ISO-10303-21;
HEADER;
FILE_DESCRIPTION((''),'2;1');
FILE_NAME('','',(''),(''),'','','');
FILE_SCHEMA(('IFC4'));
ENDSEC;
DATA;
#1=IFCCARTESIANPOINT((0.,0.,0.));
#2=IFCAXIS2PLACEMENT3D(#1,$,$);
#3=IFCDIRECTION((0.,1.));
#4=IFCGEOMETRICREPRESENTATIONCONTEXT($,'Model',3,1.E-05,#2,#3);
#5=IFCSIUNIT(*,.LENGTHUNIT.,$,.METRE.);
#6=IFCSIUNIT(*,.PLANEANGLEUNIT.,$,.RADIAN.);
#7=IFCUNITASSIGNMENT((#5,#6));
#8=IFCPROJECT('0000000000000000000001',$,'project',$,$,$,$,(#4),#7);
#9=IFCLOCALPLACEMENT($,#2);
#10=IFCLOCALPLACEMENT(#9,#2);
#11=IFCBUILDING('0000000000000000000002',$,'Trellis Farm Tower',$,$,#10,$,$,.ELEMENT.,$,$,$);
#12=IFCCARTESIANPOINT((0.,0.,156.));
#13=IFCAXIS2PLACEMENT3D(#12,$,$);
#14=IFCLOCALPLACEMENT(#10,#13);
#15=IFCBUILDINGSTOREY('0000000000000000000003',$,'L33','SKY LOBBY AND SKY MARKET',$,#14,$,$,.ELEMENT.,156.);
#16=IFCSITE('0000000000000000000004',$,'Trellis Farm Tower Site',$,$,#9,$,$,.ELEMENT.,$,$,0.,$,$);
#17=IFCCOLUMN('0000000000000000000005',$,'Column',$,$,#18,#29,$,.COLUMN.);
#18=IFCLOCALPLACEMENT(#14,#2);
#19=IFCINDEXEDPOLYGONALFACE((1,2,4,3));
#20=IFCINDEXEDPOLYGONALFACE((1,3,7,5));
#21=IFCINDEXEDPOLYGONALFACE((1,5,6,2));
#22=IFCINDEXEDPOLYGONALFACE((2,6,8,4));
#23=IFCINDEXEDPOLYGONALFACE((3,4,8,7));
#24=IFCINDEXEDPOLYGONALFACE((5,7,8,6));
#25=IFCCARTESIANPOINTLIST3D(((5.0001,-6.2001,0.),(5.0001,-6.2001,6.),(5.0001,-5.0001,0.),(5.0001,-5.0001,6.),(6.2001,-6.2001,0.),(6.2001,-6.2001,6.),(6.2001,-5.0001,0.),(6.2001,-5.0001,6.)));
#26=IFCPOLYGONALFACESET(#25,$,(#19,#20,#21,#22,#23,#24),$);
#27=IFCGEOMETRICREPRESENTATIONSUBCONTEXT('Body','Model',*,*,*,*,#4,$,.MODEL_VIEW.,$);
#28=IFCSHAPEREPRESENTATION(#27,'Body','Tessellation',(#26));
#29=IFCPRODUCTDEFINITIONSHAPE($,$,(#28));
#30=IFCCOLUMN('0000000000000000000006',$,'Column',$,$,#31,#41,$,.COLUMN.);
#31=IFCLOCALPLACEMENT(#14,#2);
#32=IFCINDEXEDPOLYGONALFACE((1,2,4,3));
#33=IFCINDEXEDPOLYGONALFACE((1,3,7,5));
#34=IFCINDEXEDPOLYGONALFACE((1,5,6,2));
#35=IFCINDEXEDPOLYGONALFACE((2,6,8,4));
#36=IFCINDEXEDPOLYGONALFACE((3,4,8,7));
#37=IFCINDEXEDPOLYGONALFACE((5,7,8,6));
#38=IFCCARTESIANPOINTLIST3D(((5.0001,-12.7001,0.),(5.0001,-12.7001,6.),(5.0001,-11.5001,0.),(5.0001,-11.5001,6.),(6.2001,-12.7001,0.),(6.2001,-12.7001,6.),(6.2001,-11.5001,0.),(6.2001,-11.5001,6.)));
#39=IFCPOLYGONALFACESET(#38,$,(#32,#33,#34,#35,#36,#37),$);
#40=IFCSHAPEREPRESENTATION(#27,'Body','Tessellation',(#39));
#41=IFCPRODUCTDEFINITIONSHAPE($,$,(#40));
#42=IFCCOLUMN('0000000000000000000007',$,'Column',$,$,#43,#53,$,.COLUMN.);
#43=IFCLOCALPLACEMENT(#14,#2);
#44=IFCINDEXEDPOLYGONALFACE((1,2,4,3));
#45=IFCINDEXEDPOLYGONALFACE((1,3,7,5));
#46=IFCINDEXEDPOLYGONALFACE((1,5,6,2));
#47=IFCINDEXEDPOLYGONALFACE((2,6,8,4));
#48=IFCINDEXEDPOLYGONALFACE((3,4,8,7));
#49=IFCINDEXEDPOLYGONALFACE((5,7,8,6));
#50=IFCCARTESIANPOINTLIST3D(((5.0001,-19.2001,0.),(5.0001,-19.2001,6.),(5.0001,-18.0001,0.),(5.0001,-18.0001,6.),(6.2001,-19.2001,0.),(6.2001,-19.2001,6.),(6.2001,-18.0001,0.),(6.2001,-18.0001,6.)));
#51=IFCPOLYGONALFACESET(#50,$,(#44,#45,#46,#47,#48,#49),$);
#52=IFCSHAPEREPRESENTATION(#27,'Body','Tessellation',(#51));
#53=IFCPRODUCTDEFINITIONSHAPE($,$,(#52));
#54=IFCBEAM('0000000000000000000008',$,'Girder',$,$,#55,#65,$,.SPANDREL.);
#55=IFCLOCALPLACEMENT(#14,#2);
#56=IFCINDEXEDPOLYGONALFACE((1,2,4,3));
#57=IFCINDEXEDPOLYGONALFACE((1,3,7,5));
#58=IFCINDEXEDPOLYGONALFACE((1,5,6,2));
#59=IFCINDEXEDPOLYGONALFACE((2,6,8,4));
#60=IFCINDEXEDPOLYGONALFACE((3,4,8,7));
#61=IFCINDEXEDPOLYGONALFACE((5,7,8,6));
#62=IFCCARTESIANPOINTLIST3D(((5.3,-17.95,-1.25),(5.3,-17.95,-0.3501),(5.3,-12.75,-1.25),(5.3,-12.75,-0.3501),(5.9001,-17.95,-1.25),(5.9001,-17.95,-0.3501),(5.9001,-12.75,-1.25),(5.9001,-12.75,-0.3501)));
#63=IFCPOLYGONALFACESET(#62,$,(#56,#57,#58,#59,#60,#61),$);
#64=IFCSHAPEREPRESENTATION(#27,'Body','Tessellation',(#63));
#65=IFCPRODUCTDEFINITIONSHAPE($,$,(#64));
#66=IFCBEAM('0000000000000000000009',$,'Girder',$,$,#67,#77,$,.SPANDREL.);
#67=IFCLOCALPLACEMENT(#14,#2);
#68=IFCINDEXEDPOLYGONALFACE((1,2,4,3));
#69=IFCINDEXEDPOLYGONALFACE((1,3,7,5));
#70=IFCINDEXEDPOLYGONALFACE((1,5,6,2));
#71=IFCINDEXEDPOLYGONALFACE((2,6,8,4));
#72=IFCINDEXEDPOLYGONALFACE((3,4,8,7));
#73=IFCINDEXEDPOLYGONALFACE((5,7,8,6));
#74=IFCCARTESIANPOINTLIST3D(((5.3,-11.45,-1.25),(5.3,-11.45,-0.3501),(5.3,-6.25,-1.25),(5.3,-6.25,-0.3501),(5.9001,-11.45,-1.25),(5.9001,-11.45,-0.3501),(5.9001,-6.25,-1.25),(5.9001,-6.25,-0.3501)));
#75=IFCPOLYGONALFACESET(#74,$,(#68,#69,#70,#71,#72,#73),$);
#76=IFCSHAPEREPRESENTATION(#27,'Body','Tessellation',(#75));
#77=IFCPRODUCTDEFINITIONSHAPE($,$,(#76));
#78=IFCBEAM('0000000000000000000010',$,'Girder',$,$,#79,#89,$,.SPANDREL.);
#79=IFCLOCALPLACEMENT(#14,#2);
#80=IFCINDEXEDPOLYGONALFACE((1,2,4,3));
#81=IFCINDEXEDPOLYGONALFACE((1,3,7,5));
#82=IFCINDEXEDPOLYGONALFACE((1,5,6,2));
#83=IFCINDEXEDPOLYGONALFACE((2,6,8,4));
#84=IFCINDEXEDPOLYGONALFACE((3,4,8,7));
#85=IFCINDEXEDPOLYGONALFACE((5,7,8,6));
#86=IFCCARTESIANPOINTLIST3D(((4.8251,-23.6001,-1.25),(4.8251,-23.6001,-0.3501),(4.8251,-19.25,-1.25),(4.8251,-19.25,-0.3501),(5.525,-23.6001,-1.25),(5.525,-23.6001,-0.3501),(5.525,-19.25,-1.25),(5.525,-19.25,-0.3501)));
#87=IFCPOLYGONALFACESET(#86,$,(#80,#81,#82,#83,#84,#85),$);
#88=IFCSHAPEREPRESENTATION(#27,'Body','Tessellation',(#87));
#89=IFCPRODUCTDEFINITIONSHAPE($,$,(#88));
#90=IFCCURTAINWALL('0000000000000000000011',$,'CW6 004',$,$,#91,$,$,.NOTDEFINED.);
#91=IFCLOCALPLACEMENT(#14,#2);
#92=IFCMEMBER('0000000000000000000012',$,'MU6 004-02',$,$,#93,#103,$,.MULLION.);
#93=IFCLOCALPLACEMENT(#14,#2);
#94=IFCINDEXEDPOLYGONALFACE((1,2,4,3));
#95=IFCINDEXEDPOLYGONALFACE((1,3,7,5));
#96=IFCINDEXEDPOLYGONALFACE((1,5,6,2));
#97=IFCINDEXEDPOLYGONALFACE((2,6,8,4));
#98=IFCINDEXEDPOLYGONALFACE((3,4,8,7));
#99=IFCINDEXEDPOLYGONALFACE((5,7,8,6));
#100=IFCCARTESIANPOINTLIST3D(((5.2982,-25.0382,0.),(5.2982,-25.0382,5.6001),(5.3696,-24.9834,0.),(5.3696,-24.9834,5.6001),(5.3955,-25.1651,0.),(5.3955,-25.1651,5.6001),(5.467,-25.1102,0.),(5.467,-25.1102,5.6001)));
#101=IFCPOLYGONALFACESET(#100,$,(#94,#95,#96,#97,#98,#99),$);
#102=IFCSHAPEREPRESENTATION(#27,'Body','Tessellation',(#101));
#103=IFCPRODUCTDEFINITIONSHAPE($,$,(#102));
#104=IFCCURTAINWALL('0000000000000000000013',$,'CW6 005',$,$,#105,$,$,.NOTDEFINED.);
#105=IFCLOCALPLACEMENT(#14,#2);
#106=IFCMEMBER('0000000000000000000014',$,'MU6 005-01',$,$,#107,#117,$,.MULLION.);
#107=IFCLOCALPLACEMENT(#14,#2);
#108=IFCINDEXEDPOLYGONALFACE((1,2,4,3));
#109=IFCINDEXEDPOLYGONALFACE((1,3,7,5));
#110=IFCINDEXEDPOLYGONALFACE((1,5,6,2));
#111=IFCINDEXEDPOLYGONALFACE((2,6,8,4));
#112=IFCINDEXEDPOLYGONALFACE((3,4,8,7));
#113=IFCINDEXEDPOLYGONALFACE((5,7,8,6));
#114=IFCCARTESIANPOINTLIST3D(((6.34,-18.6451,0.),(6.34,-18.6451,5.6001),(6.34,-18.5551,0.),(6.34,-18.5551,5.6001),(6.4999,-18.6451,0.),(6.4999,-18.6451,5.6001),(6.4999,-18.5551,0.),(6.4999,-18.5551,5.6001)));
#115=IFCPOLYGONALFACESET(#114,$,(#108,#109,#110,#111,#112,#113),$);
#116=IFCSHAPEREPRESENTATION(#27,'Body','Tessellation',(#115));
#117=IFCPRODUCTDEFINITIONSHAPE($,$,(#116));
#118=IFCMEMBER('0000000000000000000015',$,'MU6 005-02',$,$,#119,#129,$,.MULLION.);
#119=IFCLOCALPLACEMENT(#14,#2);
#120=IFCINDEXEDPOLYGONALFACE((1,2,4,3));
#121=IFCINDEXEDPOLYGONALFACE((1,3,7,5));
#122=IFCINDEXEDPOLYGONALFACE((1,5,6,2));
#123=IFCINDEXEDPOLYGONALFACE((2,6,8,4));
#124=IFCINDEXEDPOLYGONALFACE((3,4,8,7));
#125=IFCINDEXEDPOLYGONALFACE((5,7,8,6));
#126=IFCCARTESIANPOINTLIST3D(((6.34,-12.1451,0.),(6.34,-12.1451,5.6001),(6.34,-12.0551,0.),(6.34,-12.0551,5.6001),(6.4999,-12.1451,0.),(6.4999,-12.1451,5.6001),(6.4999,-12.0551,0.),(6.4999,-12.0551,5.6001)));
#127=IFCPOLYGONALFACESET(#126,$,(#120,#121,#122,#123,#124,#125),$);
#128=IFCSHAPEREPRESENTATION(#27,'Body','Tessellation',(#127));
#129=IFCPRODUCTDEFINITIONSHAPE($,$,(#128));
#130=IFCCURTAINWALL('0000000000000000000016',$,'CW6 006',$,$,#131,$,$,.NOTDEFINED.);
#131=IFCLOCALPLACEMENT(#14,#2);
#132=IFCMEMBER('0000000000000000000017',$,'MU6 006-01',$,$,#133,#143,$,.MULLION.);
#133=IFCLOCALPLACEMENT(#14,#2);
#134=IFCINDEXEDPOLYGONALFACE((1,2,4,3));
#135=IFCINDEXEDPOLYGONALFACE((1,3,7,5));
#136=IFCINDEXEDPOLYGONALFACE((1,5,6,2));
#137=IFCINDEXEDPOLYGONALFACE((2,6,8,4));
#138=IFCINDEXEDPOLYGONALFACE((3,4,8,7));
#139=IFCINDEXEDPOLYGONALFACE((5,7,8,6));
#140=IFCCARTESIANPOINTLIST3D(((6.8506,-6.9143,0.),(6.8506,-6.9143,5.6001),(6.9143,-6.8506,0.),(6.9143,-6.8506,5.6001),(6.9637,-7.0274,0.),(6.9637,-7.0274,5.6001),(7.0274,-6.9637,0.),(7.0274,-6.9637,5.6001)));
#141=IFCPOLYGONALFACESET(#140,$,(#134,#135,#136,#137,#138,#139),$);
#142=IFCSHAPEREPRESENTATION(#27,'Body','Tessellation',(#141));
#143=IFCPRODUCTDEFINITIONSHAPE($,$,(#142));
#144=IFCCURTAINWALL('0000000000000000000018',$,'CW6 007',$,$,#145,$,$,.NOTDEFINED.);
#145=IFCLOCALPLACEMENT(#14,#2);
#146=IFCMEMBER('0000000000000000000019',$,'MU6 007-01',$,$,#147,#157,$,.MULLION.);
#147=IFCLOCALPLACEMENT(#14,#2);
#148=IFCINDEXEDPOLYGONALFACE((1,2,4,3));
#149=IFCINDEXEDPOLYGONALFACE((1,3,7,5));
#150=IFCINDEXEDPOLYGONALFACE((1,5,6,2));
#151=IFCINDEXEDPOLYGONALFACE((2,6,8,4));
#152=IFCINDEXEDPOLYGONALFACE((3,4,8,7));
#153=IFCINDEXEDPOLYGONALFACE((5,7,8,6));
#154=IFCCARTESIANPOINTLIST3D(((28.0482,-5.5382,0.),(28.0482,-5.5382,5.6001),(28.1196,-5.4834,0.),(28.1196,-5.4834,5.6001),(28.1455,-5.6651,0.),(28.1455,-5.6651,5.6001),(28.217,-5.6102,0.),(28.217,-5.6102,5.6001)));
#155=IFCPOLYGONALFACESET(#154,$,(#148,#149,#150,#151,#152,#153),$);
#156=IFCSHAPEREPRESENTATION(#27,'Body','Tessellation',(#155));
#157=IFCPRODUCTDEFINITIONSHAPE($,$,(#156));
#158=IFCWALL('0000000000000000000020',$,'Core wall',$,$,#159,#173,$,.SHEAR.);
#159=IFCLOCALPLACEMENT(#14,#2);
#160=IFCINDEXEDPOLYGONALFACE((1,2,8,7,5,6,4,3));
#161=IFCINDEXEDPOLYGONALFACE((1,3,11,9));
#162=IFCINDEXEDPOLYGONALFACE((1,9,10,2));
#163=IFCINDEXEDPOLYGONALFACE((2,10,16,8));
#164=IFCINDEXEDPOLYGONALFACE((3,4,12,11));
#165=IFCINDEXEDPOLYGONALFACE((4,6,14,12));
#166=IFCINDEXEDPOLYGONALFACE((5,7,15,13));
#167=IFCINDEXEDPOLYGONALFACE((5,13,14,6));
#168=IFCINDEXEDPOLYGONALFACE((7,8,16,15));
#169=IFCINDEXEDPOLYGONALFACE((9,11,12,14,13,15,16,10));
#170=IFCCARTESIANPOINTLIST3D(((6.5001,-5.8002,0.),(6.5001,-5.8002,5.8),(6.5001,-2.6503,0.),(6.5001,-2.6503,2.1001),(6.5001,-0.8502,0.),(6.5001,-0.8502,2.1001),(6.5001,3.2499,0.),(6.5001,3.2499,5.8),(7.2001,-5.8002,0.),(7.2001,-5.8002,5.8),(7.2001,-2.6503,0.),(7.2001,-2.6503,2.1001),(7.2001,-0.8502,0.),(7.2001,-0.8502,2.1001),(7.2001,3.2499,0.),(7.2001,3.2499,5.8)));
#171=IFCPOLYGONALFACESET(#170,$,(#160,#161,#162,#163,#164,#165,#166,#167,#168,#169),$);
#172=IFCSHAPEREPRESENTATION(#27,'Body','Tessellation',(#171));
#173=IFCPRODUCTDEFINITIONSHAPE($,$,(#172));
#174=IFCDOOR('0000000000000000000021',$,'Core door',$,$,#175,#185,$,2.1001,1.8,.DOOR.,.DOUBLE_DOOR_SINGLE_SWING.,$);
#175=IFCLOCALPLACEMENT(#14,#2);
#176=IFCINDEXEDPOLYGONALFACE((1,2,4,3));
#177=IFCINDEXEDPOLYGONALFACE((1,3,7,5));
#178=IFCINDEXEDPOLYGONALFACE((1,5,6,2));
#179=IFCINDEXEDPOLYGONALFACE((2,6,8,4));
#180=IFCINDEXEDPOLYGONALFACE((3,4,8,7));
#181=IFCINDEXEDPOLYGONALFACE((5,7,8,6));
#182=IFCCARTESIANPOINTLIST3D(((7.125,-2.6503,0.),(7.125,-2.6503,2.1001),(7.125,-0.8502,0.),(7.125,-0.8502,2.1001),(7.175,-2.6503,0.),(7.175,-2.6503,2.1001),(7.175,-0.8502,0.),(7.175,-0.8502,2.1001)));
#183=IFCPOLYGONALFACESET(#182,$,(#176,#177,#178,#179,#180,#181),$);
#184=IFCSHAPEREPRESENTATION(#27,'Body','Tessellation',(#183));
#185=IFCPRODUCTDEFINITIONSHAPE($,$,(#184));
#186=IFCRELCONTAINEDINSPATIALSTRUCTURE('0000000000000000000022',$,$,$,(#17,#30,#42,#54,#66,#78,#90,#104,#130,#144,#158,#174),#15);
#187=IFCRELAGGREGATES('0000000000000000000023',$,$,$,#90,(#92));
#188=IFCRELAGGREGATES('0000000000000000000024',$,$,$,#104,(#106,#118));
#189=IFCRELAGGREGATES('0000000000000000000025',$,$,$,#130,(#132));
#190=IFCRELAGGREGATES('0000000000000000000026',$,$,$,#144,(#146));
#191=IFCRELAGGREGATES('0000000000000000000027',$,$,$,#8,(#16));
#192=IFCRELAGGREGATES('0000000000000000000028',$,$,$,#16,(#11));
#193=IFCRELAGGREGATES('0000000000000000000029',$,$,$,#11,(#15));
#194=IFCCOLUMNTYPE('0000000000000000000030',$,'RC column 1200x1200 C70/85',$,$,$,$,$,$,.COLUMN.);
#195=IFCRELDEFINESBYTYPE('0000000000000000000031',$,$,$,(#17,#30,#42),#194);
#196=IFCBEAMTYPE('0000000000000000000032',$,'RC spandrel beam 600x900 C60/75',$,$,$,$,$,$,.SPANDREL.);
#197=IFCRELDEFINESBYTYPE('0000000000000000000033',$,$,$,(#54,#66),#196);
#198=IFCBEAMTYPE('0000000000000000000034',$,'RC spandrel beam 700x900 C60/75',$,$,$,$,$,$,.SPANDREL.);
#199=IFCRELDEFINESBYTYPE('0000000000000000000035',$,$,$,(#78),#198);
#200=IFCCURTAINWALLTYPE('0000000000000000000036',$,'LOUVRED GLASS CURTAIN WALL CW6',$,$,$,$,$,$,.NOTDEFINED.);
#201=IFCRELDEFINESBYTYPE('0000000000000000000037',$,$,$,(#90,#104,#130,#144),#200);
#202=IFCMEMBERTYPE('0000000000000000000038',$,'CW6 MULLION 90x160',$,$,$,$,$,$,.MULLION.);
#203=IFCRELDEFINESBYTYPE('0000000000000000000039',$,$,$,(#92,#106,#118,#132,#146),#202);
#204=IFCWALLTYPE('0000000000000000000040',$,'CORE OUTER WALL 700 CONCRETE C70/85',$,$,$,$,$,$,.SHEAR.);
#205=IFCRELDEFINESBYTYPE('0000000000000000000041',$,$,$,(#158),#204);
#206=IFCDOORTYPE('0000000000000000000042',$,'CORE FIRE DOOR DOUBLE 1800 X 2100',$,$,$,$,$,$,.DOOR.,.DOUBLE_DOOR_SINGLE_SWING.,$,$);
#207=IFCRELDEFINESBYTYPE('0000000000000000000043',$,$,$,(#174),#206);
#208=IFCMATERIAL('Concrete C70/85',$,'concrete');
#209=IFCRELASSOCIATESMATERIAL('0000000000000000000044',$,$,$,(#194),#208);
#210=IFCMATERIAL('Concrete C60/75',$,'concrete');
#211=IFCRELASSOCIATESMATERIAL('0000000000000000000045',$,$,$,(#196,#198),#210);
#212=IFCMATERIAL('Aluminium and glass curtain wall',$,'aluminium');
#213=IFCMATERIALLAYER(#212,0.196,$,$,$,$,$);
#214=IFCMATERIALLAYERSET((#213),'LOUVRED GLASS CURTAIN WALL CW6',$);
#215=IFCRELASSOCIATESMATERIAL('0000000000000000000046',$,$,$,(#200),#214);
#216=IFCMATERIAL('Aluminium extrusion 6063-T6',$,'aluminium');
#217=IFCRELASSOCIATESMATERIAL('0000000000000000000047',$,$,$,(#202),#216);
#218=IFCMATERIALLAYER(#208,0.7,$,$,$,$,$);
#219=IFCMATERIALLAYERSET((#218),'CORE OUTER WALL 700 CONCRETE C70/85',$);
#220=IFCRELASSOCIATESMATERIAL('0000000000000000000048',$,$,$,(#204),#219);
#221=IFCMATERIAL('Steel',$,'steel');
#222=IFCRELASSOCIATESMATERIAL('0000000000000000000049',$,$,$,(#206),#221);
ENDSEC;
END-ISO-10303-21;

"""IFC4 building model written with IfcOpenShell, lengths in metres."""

from ifc_helpers import new_model, si_unit, direction, frame, frame_2d, origin, origin_2d, place, context, subcontext, project, spatial, rectangle, extrude, source, transform, mapped, material, layer, layer_set, material_profile, profile_set, type_object, element, fill, aggregate, save


model = new_model("IFC4")

# Units and contexts
model_context = context("Model", 3, precision=1e-05, world=origin(), true_north=direction((0.0, 1.0)))
body_context = subcontext(model_context, "Body", "Model", "MODEL_VIEW")
ifc_project = project(units=[si_unit("LENGTHUNIT", "METRE"), si_unit("PLANEANGLEUNIT", "RADIAN")], contexts=[model_context])

# Site, building, storey
site_placement = place(None, origin())
site = spatial("IfcSite", under=ifc_project, at=site_placement, Name="Trellis Farm Tower Site", CompositionType="ELEMENT", RefElevation=0.0)
building_placement = place(site_placement, origin())
building = spatial("IfcBuilding", under=site, at=building_placement, Name="Trellis Farm Tower", CompositionType="ELEMENT")
storey_placement = place(building_placement, frame((0.0, 0.0, 156.0)))
storey = spatial("IfcBuildingStorey", under=building, at=storey_placement, Name="L33", Description="SKY LOBBY AND SKY MARKET", CompositionType="ELEMENT", Elevation=156.0)

# Columns
ifc_material_1 = material(Name="Concrete C70/85", Category="concrete")
ifc_material_profile_1 = material_profile(ifc_material_1, rectangle(XDim=1.2, YDim=1.2, at=origin_2d()), Name="RC column 1200x1200 C70/85")
ifc_profile_set_1 = profile_set([ifc_material_profile_1], Name="Concrete C70/85")
column_type = type_object("IfcColumnType", Name="RC column 1200x1200 C70/85", PredefinedType="COLUMN", material=ifc_profile_set_1)
shared_shape_1 = source(origin(), body_context, "Body", "SweptSolid", [
    extrude(rectangle(XDim=1.2, YDim=1.2, at=origin_2d()), origin(), (0.0, 0.0, 1.0), 6.0),
])
for number, where, z_axis, x_axis, name in (
    (1, (5.6001, -5.6001, 0.0), (0.0, 0.0, 1.0), (1.0, 0.0, 0.0), "Column"),
    (2, (5.6001, -12.1001, 0.0), (0.0, 0.0, 1.0), (1.0, 0.0, 0.0), "Column"),
    (3, (5.6001, -18.6001, 0.0), (0.0, 0.0, 1.0), (1.0, 0.0, 0.0), "Column"),
):
    element("IfcColumn", number, at=place(storey_placement, frame(where, z_axis=z_axis, x_axis=x_axis)), inside=storey, type_object=column_type, Name=name, PredefinedType="COLUMN", context=body_context, shape_type="MappedRepresentation", body=[
        mapped(shared_shape_1, transform((0.0, 0.0, 0.0))),
    ])

# Beams
ifc_material_2 = material(Name="Concrete C60/75", Category="concrete")
ifc_material_profile_2 = material_profile(ifc_material_2, rectangle(XDim=0.6001, YDim=0.8999, at=origin_2d()), Name="RC spandrel beam 600x900 C60/75")
ifc_profile_set_2 = profile_set([ifc_material_profile_2], Name="Concrete C60/75")
beam_type_1 = type_object("IfcBeamType", Name="RC spandrel beam 600x900 C60/75", PredefinedType="SPANDREL", material=ifc_profile_set_2)
shared_shape_2 = source(origin(), body_context, "Body", "SweptSolid", [
    extrude(rectangle(XDim=0.6001, YDim=0.8999, at=origin_2d()), origin(), (0.0, 0.0, 1.0), 5.2),
])
for number, where, z_axis, x_axis, name in (
    (4, (5.6001, -17.95, -0.8), (0.0, 1.0, 0.0), (-1.0, 0.0, 0.0), "Girder"),
    (5, (5.6001, -11.45, -0.8), (0.0, 1.0, 0.0), (-1.0, 0.0, 0.0), "Girder"),
):
    element("IfcBeam", number, at=place(storey_placement, frame(where, z_axis=z_axis, x_axis=x_axis)), inside=storey, type_object=beam_type_1, Name=name, PredefinedType="SPANDREL", context=body_context, shape_type="MappedRepresentation", body=[
        mapped(shared_shape_2, transform((0.0, 0.0, 0.0))),
    ])
ifc_material_profile_3 = material_profile(ifc_material_2, rectangle(XDim=0.7, YDim=0.8999, at=origin_2d()), Name="RC spandrel beam 700x900 C60/75")
ifc_profile_set_3 = profile_set([ifc_material_profile_3], Name="Concrete C60/75")
beam_type_2 = type_object("IfcBeamType", Name="RC spandrel beam 700x900 C60/75", PredefinedType="SPANDREL", material=ifc_profile_set_3)
shared_shape_3 = source(origin(), body_context, "Body", "SweptSolid", [
    extrude(rectangle(XDim=0.7, YDim=0.8999, at=origin_2d()), origin(), (0.0, 0.0, 1.0), 4.3501),
])
beam_placement = place(storey_placement, frame((5.175, -23.6001, -0.8), z_axis=(0.0, 1.0, 0.0), x_axis=(-1.0, 0.0, 0.0)))
element("IfcBeam", 6, at=beam_placement, inside=storey, type_object=beam_type_2, Name="Girder", PredefinedType="SPANDREL", context=body_context, shape_type="MappedRepresentation", body=[
    mapped(shared_shape_3, transform((0.0, 0.0, 0.0))),
])

# Curtain wall, member
ifc_material_3 = material(Name="Aluminium and glass curtain wall", Category="aluminium")
ifc_layer_1 = layer(ifc_material_3, 0.196)
ifc_layer_set_1 = layer_set([ifc_layer_1], Name="LOUVRED GLASS CURTAIN WALL CW6")
curtain_wall_type = type_object("IfcCurtainWallType", Name="LOUVRED GLASS CURTAIN WALL CW6", PredefinedType="NOTDEFINED", material=ifc_layer_set_1)
placement = place(storey_placement, origin())
curtain_wall_1 = element("IfcCurtainWall", 7, at=placement, inside=storey, type_object=curtain_wall_type, Name="CW6 004", PredefinedType="NOTDEFINED")
ifc_material_4 = material(Name="Aluminium extrusion 6063-T6", Category="aluminium")
ifc_material_profile_4 = material_profile(ifc_material_4, rectangle(XDim=0.0901, YDim=0.1599, at=origin_2d()), Name="MULLION 90x160")
ifc_profile_set_4 = profile_set([ifc_material_profile_4], Name="Aluminium extrusion 6063-T6")
member_type = type_object("IfcMemberType", Name="CW6 MULLION 90x160", PredefinedType="MULLION", material=ifc_profile_set_4)
shared_shape_4 = source(origin(), body_context, "Body", "SweptSolid", [
    extrude(rectangle(XDim=0.0901, YDim=0.1599, at=origin_2d()), origin(), (0.0, 0.0, 1.0), 5.6001),
])
member_1_placement = place(storey_placement, frame((5.3826, -25.0742, 0.0), z_axis=(0.0, 0.0, 1.0), x_axis=(0.793353, 0.608761, 0.0)))
member_1 = element("IfcMember", 8, at=member_1_placement, type_object=member_type, Name="MU6 004-02", PredefinedType="MULLION", context=body_context, shape_type="MappedRepresentation", body=[
    mapped(shared_shape_4, transform((0.0, 0.0, 0.0))),
])
aggregate(curtain_wall_1, [member_1])

# Curtain wall, members
curtain_wall_2 = element("IfcCurtainWall", 9, at=placement, inside=storey, type_object=curtain_wall_type, Name="CW6 005", PredefinedType="NOTDEFINED")
member_2_placement = place(storey_placement, frame((6.4199, -18.6001, 0.0), z_axis=(0.0, 0.0, 1.0), x_axis=(0.0, 1.0, 0.0)))
member_2 = element("IfcMember", 10, at=member_2_placement, type_object=member_type, Name="MU6 005-01", PredefinedType="MULLION", context=body_context, shape_type="MappedRepresentation", body=[
    mapped(shared_shape_4, transform((0.0, 0.0, 0.0))),
])
member_3_placement = place(storey_placement, frame((6.4199, -12.1001, 0.0), z_axis=(0.0, 0.0, 1.0), x_axis=(0.0, 1.0, 0.0)))
member_3 = element("IfcMember", 11, at=member_3_placement, type_object=member_type, Name="MU6 005-02", PredefinedType="MULLION", context=body_context, shape_type="MappedRepresentation", body=[
    mapped(shared_shape_4, transform((0.0, 0.0, 0.0))),
])
aggregate(curtain_wall_2, [member_2, member_3])

# Curtain walls, members
curtain_wall_3 = element("IfcCurtainWall", 12, at=placement, inside=storey, type_object=curtain_wall_type, Name="CW6 006", PredefinedType="NOTDEFINED")
member_4_placement = place(storey_placement, frame((6.939, -6.939, 0.0), z_axis=(0.0, 0.0, 1.0), x_axis=(0.707107, 0.707107, 0.0)))
member_4 = element("IfcMember", 13, at=member_4_placement, type_object=member_type, Name="MU6 006-01", PredefinedType="MULLION", context=body_context, shape_type="MappedRepresentation", body=[
    mapped(shared_shape_4, transform((0.0, 0.0, 0.0))),
])
aggregate(curtain_wall_3, [member_4])
curtain_wall_4 = element("IfcCurtainWall", 14, at=placement, inside=storey, type_object=curtain_wall_type, Name="CW6 007", PredefinedType="NOTDEFINED")
member_5_placement = place(storey_placement, frame((28.1326, -5.5742, 0.0), z_axis=(0.0, 0.0, 1.0), x_axis=(0.793353, 0.608761, 0.0)))
member_5 = element("IfcMember", 15, at=member_5_placement, type_object=member_type, Name="MU6 007-01", PredefinedType="MULLION", context=body_context, shape_type="MappedRepresentation", body=[
    mapped(shared_shape_4, transform((0.0, 0.0, 0.0))),
])
aggregate(curtain_wall_4, [member_5])

# Wall, opening, door
ifc_layer_2 = layer(ifc_material_1, 0.7)
ifc_layer_set_2 = layer_set([ifc_layer_2], Name="CORE OUTER WALL 700 CONCRETE C70/85")
wall_type_1 = type_object("IfcWallType", Name="CORE OUTER WALL 700 CONCRETE C70/85", PredefinedType="SHEAR", material=ifc_layer_set_2)
shared_shape_5 = source(origin(), body_context, "Body", "SweptSolid", [
    extrude(rectangle(XDim=9.05, YDim=0.7, at=frame_2d((4.5249, 0.0))), origin(), (0.0, 0.0, 1.0), 5.8),
])
wall_1_placement = place(storey_placement, frame((6.8501, -5.8, 0.0), z_axis=(0.0, 0.0, 1.0), x_axis=(0.0, 1.0, 0.0)))
wall_1 = element("IfcWall", 16, at=wall_1_placement, inside=storey, type_object=wall_type_1, Name="Core wall", PredefinedType="SHEAR", context=body_context, shape_type="MappedRepresentation", body=[
    mapped(shared_shape_5, transform((0.0, 0.0, 0.0))),
])
shared_shape_6 = source(origin(), body_context, "Body", "SweptSolid", [
    extrude(rectangle(XDim=1.8, YDim=2.1001, at=frame_2d((0.8999, 1.05))), frame((0.0, 0.3601, 0.0), z_axis=(0.0, -1.0, 0.0), x_axis=(1.0, 0.0, 0.0)), (0.0, 0.0, 1.0), 0.7202),
])
opening_1_placement = place(wall_1_placement, frame((3.1499, 0.0, 0.0)))
opening_1 = element("IfcOpeningElement", 17, at=opening_1_placement, cuts=wall_1, PredefinedType="OPENING", context=body_context, shape_type="MappedRepresentation", body=[
    mapped(shared_shape_6, transform((0.0, 0.0, 0.0))),
])
ifc_material_5 = material(Name="Steel", Category="steel")
door_type_1 = type_object("IfcDoorType", Name="CORE FIRE DOOR DOUBLE 1800 X 2100", OperationType="DOUBLE_DOOR_SINGLE_SWING", PredefinedType="DOOR", material=ifc_material_5)
shared_shape_7 = source(origin(), body_context, "Body", "SweptSolid", [
    extrude(rectangle(XDim=1.8, YDim=2.1001, at=frame_2d((0.8999, 1.05))), frame((0.0, -0.2749, 0.0), z_axis=(0.0, -1.0, 0.0), x_axis=(1.0, 0.0, 0.0)), (0.0, 0.0, 1.0), 0.05),
])
door_1_placement = place(opening_1_placement, origin())
door_1 = element("IfcDoor", 18, at=door_1_placement, inside=storey, type_object=door_type_1, Name="Core door", OperationType="DOUBLE_DOOR_SINGLE_SWING", OverallHeight=2.1001, OverallWidth=1.8, PredefinedType="DOOR", context=body_context, shape_type="MappedRepresentation", body=[
    mapped(shared_shape_7, transform((0.0, 0.0, 0.0))),
])
fill(opening_1, door_1)

save(model, "model.ifc")
